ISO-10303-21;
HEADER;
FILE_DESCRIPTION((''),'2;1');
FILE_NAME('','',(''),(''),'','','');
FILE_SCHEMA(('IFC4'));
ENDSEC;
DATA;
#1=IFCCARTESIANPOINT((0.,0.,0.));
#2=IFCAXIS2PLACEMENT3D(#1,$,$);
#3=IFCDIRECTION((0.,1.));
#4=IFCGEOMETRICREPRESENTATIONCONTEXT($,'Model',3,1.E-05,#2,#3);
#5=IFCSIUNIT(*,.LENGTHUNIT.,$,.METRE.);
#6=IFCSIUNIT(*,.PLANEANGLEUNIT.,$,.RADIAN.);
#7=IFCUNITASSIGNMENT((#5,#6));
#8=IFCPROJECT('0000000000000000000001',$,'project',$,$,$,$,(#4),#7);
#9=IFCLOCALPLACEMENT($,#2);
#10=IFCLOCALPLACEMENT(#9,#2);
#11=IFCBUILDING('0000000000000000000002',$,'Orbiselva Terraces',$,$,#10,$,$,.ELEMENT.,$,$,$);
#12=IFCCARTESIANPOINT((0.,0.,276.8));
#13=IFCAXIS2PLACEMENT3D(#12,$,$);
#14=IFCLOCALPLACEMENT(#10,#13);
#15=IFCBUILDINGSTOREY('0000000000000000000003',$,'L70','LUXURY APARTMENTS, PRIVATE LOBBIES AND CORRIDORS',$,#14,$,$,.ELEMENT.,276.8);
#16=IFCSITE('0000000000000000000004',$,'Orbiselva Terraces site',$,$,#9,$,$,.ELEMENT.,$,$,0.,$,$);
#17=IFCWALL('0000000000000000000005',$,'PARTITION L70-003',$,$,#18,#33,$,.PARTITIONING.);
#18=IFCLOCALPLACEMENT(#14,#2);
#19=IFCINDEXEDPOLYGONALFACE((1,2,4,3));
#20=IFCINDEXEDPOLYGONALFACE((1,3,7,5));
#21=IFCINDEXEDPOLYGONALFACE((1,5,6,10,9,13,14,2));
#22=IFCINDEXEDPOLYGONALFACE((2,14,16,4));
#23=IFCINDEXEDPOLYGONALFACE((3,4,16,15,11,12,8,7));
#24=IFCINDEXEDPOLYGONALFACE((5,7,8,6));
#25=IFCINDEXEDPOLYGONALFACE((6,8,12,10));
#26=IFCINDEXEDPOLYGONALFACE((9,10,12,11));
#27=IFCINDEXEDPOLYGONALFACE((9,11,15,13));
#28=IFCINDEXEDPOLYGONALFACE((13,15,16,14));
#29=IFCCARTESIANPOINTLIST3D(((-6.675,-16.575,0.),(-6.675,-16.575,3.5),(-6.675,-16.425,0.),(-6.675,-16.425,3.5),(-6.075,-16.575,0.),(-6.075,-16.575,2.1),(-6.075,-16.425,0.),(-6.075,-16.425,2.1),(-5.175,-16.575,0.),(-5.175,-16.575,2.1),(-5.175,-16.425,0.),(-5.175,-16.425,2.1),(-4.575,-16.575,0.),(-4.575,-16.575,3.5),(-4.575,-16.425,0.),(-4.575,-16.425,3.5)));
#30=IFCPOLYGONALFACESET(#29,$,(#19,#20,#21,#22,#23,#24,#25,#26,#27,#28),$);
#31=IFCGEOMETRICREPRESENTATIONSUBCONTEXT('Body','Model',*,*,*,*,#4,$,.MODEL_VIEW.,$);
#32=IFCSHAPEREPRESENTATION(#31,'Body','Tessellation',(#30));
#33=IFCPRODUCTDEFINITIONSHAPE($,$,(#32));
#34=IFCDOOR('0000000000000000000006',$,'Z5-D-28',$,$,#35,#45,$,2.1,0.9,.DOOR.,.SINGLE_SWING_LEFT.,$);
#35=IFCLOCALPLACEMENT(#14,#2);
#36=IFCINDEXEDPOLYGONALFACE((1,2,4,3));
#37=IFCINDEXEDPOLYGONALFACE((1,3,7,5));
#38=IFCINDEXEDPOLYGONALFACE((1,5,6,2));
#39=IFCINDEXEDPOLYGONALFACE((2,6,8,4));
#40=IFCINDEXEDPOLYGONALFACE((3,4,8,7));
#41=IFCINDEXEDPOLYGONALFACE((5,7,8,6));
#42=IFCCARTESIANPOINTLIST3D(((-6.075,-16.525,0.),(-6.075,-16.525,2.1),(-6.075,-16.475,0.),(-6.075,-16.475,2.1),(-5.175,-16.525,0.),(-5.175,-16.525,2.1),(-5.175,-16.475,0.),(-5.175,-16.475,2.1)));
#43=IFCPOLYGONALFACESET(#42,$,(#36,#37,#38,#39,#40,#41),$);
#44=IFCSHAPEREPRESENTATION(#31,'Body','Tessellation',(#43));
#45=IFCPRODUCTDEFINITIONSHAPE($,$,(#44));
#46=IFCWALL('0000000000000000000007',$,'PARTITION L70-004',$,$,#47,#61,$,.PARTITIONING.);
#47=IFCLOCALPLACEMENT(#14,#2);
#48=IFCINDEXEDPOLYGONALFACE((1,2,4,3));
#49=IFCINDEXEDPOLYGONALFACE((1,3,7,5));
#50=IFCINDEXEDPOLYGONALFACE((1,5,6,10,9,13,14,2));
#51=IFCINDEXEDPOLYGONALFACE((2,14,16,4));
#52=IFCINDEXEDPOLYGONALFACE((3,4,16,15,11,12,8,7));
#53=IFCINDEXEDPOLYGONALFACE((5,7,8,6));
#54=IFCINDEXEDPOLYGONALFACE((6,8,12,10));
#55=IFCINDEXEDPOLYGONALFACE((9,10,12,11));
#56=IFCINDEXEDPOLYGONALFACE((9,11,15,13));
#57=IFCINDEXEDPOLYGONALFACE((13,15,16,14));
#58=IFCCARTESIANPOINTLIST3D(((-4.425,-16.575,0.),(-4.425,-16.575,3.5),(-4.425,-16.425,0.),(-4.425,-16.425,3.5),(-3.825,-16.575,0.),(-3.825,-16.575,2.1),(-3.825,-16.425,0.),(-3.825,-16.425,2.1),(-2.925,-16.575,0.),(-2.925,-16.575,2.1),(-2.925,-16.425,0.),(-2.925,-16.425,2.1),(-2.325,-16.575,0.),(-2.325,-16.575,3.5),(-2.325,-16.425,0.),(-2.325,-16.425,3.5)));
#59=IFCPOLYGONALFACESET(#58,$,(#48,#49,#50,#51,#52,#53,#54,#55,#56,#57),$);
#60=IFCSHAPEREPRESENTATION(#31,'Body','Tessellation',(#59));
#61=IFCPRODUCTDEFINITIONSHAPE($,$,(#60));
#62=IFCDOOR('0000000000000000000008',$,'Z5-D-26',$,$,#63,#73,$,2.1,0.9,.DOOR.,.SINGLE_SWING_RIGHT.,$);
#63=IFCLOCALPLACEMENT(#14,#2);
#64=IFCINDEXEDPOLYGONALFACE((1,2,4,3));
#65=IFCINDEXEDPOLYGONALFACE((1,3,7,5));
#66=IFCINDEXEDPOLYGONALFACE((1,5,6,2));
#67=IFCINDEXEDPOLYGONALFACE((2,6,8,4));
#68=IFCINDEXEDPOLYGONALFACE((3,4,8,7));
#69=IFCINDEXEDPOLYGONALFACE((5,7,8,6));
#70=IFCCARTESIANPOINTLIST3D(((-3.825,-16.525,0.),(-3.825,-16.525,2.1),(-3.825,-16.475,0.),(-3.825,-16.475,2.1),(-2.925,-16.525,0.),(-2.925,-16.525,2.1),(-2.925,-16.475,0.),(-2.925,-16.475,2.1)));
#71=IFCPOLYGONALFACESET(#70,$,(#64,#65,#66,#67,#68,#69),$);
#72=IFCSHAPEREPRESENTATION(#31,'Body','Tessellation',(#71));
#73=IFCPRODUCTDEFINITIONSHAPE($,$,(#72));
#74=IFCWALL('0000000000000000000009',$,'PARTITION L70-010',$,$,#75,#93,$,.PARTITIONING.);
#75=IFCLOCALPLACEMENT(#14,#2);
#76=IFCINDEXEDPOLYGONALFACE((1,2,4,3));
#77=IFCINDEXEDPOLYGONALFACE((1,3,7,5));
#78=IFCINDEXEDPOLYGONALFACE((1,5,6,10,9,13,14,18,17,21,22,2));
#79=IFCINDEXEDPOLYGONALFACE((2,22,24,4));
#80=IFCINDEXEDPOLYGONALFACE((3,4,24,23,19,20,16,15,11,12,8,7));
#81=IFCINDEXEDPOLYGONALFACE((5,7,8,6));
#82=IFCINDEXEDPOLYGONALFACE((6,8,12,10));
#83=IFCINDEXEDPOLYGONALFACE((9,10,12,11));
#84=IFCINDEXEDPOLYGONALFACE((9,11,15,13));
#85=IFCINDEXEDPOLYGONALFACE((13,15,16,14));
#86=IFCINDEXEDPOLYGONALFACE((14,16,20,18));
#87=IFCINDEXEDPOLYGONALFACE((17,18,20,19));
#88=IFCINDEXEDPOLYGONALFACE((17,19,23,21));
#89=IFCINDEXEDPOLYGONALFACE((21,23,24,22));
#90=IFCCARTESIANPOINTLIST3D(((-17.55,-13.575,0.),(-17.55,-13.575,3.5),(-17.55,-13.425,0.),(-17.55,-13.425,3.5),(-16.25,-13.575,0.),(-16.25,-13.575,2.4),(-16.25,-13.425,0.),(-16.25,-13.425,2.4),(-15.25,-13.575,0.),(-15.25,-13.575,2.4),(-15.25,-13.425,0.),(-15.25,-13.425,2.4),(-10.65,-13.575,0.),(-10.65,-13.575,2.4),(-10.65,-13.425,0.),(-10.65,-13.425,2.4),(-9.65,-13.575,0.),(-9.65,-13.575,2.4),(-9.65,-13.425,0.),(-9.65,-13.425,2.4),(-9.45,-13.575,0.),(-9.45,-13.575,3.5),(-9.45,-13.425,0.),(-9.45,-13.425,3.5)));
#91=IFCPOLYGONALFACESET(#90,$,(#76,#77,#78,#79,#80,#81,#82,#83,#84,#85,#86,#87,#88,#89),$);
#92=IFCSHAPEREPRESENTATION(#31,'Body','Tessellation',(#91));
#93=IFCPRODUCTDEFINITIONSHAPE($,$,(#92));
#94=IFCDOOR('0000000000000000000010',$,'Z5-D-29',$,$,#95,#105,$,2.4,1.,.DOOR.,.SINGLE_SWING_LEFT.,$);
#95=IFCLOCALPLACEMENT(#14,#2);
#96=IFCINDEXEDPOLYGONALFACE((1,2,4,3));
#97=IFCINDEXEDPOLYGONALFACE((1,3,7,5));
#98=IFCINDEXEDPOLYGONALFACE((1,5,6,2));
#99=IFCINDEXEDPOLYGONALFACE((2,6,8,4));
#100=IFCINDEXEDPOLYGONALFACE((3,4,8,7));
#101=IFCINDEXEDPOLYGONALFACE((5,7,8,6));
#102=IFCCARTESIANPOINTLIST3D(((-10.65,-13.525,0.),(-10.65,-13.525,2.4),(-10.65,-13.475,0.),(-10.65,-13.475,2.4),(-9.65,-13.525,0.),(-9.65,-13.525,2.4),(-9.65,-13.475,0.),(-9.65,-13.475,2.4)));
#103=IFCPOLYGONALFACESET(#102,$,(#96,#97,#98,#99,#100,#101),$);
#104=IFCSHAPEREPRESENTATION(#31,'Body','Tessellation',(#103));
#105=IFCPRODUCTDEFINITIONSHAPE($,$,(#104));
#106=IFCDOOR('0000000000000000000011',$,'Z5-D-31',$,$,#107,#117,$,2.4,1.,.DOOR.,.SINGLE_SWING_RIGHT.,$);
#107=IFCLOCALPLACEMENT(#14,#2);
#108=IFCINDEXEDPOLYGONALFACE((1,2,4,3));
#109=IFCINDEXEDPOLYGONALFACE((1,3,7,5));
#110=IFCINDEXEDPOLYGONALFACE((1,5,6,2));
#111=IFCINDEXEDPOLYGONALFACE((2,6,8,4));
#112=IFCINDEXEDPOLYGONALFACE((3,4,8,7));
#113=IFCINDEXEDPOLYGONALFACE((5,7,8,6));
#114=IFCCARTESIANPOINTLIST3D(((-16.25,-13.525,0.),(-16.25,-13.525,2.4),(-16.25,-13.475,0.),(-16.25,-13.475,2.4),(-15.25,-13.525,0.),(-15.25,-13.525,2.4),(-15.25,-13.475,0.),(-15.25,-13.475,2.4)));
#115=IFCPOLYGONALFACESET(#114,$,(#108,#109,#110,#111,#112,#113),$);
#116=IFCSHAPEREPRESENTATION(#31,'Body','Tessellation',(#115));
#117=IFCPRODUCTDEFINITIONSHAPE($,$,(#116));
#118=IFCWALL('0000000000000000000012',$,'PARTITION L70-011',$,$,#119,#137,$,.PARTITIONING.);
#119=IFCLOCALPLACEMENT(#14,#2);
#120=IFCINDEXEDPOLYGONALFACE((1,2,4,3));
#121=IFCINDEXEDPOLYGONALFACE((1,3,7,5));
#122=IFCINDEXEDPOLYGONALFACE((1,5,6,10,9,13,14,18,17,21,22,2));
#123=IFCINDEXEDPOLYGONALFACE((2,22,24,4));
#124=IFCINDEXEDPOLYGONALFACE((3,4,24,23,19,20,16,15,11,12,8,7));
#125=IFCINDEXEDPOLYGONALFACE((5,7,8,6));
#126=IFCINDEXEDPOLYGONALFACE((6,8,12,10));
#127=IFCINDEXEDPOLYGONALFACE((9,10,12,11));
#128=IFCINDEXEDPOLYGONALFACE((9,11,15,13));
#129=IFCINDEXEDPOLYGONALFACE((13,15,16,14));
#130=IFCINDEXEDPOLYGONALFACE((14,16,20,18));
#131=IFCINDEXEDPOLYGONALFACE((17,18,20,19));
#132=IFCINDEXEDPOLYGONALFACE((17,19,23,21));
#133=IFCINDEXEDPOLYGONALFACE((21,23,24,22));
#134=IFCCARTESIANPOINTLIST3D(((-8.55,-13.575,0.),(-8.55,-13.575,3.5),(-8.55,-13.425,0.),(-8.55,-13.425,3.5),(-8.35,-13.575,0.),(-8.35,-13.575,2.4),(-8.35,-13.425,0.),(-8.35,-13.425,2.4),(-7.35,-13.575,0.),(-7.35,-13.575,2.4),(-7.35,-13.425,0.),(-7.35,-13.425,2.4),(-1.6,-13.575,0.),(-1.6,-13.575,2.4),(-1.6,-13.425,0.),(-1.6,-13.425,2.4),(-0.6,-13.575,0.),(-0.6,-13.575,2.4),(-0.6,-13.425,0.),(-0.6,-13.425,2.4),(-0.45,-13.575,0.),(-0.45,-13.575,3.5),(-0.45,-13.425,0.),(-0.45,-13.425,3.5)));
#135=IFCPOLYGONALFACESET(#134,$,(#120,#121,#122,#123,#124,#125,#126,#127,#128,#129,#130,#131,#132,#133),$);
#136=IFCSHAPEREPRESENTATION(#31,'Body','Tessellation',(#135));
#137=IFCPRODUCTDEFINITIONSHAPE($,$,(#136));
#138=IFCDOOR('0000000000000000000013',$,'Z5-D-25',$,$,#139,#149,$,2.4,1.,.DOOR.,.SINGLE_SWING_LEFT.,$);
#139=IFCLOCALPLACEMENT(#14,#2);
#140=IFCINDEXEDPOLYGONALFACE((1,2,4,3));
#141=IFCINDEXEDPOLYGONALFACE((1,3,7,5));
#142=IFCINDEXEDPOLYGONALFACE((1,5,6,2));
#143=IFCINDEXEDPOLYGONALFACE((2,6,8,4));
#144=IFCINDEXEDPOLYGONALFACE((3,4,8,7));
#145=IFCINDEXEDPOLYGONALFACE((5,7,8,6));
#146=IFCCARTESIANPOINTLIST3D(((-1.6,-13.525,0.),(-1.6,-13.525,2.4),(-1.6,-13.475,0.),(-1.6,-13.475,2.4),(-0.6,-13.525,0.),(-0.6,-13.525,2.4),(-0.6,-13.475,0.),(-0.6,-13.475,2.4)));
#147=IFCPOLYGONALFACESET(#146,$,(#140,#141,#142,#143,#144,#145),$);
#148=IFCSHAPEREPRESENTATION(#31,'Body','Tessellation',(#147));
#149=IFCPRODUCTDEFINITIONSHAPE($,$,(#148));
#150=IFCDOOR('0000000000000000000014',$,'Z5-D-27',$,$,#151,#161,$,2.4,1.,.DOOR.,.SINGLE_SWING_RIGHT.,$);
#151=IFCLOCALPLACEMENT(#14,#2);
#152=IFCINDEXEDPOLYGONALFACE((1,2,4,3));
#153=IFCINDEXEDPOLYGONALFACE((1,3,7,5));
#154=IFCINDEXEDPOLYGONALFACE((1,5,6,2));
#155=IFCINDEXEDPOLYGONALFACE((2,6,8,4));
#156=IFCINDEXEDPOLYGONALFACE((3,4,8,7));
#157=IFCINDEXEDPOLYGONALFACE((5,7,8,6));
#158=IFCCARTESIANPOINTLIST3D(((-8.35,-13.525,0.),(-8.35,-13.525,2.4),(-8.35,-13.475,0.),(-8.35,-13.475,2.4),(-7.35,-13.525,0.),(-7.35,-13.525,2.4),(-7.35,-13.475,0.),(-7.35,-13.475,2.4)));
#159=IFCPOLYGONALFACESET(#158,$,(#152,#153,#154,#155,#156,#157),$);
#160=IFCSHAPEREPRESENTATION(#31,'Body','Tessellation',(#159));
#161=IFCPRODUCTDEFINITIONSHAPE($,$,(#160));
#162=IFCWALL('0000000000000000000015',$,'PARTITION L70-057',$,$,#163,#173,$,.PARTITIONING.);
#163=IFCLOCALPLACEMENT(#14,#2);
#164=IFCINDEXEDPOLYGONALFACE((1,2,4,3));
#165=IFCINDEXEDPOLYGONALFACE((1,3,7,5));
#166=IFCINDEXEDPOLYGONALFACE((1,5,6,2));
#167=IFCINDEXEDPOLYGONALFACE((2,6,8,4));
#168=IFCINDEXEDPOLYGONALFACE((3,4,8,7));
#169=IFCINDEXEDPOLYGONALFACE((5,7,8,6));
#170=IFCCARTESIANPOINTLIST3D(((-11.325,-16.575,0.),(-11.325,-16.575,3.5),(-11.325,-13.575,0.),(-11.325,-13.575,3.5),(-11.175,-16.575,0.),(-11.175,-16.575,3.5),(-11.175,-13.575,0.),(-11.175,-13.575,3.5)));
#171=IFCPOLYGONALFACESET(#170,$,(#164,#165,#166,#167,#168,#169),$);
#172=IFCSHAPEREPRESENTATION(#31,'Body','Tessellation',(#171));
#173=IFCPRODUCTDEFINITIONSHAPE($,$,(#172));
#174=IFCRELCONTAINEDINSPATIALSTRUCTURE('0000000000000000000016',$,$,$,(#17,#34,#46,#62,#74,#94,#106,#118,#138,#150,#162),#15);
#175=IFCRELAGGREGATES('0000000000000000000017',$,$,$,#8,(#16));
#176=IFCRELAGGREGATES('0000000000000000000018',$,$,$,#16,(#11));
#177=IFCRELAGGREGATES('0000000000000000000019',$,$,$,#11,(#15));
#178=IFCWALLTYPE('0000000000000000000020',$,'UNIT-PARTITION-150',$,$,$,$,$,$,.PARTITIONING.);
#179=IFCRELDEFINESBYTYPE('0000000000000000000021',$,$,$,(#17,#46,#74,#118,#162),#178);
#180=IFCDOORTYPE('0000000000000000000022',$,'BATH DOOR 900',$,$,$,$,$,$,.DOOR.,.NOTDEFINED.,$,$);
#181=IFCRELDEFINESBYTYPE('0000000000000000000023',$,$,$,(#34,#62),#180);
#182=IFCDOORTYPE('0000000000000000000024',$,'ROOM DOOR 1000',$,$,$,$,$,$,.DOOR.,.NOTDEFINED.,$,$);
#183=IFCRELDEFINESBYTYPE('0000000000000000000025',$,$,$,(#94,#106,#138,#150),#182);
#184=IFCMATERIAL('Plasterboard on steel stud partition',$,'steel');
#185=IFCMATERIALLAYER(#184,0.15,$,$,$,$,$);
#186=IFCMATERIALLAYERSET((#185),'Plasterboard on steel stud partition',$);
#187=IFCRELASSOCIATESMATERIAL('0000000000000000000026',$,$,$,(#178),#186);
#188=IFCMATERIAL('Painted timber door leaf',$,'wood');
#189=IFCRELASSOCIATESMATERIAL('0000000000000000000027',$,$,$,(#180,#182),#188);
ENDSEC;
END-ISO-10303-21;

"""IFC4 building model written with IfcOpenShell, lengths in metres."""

from ifc_helpers import new_model, si_unit, direction, frame, frame_2d, origin, place, context, subcontext, project, spatial, rectangle, extrude, material, layer, layer_set, type_object, element, fill, save


model = new_model("IFC4")

# Units and contexts
model_context = context("Model", 3, precision=1e-05, world=origin(), true_north=direction((0.0, 1.0)))
body_context = subcontext(model_context, "Body", "Model", "MODEL_VIEW")
ifc_project = project(units=[si_unit("LENGTHUNIT", "METRE"), si_unit("PLANEANGLEUNIT", "RADIAN")], contexts=[model_context])

# Site, building, storey
site_placement = place(None, origin())
site = spatial("IfcSite", under=ifc_project, at=site_placement, Name="Orbiselva Terraces site", CompositionType="ELEMENT", RefElevation=0.0)
building_placement = place(site_placement, origin())
building = spatial("IfcBuilding", under=site, at=building_placement, Name="Orbiselva Terraces", CompositionType="ELEMENT")
storey_placement = place(building_placement, frame((0.0, 0.0, 276.8)))
storey = spatial("IfcBuildingStorey", under=building, at=storey_placement, Name="L70", Description="LUXURY APARTMENTS, PRIVATE LOBBIES AND CORRIDORS", CompositionType="ELEMENT", Elevation=276.8)

# Walls, openings, doors
ifc_material_1 = material(Name="Plasterboard on steel stud partition", Category="steel")
ifc_layer_1 = layer(ifc_material_1, 0.15)
ifc_layer_set_1 = layer_set([ifc_layer_1], Name="Plasterboard on steel stud partition")
wall_type_1 = type_object("IfcWallType", Name="UNIT-PARTITION-150", PredefinedType="PARTITIONING", material=ifc_layer_set_1)
wall_1_placement = place(storey_placement, frame((-6.675, -16.5, 0.0), z_axis=(0.0, 0.0, 1.0), x_axis=(1.0, 0.0, 0.0)))
wall_1 = element("IfcWall", 1, at=wall_1_placement, inside=storey, type_object=wall_type_1, Name="PARTITION L70-003", PredefinedType="PARTITIONING", context=body_context, shape_type="SweptSolid", body=[
    extrude(rectangle(XDim=2.1, YDim=0.15, at=frame_2d((1.05, 0.0))), origin(), (0.0, 0.0, 1.0), 3.5),
])
opening_1_placement = place(wall_1_placement, frame((0.6, 0.0, 0.0)))
opening_1 = element("IfcOpeningElement", 2, at=opening_1_placement, cuts=wall_1, PredefinedType="OPENING", context=body_context, shape_type="SweptSolid", body=[
    extrude(rectangle(XDim=0.9, YDim=2.1, at=frame_2d((0.45, 1.05))), frame((0.0, 0.085, 0.0), z_axis=(0.0, -1.0, 0.0), x_axis=(1.0, 0.0, 0.0)), (0.0, 0.0, 1.0), 0.17),
])
ifc_material_2 = material(Name="Painted timber door leaf", Category="wood")
door_type_1 = type_object("IfcDoorType", Name="BATH DOOR 900", OperationType="NOTDEFINED", PredefinedType="DOOR", material=ifc_material_2)
door_1_placement = place(opening_1_placement, origin())
door_1 = element("IfcDoor", 3, at=door_1_placement, inside=storey, type_object=door_type_1, Name="Z5-D-28", OperationType="SINGLE_SWING_LEFT", OverallHeight=2.1, OverallWidth=0.9, PredefinedType="DOOR", context=body_context, shape_type="SweptSolid", body=[
    extrude(rectangle(XDim=0.9, YDim=2.1, at=frame_2d((0.45, 1.05))), frame((0.0, 0.025, 0.0), z_axis=(0.0, -1.0, 0.0), x_axis=(1.0, 0.0, 0.0)), (0.0, 0.0, 1.0), 0.05),
])
fill(opening_1, door_1)
wall_2_placement = place(storey_placement, frame((-4.425, -16.5, 0.0), z_axis=(0.0, 0.0, 1.0), x_axis=(1.0, 0.0, 0.0)))
wall_2 = element("IfcWall", 4, at=wall_2_placement, inside=storey, type_object=wall_type_1, Name="PARTITION L70-004", PredefinedType="PARTITIONING", context=body_context, shape_type="SweptSolid", body=[
    extrude(rectangle(XDim=2.1, YDim=0.15, at=frame_2d((1.05, 0.0))), origin(), (0.0, 0.0, 1.0), 3.5),
])
opening_2_placement = place(wall_2_placement, frame((0.6, 0.0, 0.0)))
opening_2 = element("IfcOpeningElement", 5, at=opening_2_placement, cuts=wall_2, PredefinedType="OPENING", context=body_context, shape_type="SweptSolid", body=[
    extrude(rectangle(XDim=0.9, YDim=2.1, at=frame_2d((0.45, 1.05))), frame((0.0, 0.085, 0.0), z_axis=(0.0, -1.0, 0.0), x_axis=(1.0, 0.0, 0.0)), (0.0, 0.0, 1.0), 0.17),
])
door_2_placement = place(opening_2_placement, origin())
door_2 = element("IfcDoor", 6, at=door_2_placement, inside=storey, type_object=door_type_1, Name="Z5-D-26", OperationType="SINGLE_SWING_RIGHT", OverallHeight=2.1, OverallWidth=0.9, PredefinedType="DOOR", context=body_context, shape_type="SweptSolid", body=[
    extrude(rectangle(XDim=0.9, YDim=2.1, at=frame_2d((0.45, 1.05))), frame((0.0, 0.025, 0.0), z_axis=(0.0, -1.0, 0.0), x_axis=(1.0, 0.0, 0.0)), (0.0, 0.0, 1.0), 0.05),
])
fill(opening_2, door_2)

# Walls, openings, doors
wall_3_placement = place(storey_placement, frame((-9.45, -13.5, 0.0), z_axis=(0.0, 0.0, 1.0), x_axis=(-1.0, 0.0, 0.0)))
wall_3 = element("IfcWall", 7, at=wall_3_placement, inside=storey, type_object=wall_type_1, Name="PARTITION L70-010", PredefinedType="PARTITIONING", context=body_context, shape_type="SweptSolid", body=[
    extrude(rectangle(XDim=8.1, YDim=0.15, at=frame_2d((4.05, 0.0))), origin(), (0.0, 0.0, 1.0), 3.5),
])
opening_3_placement = place(wall_3_placement, frame((0.2, 0.0, 0.0)))
opening_3 = element("IfcOpeningElement", 8, at=opening_3_placement, cuts=wall_3, PredefinedType="OPENING", context=body_context, shape_type="SweptSolid", body=[
    extrude(rectangle(XDim=1.0, YDim=2.4, at=frame_2d((0.5, 1.2))), frame((0.0, 0.085, 0.0), z_axis=(0.0, -1.0, 0.0), x_axis=(1.0, 0.0, 0.0)), (0.0, 0.0, 1.0), 0.17),
])
opening_4_placement = place(wall_3_placement, frame((5.8, 0.0, 0.0)))
opening_4 = element("IfcOpeningElement", 9, at=opening_4_placement, cuts=wall_3, PredefinedType="OPENING", context=body_context, shape_type="SweptSolid", body=[
    extrude(rectangle(XDim=1.0, YDim=2.4, at=frame_2d((0.5, 1.2))), frame((0.0, 0.085, 0.0), z_axis=(0.0, -1.0, 0.0), x_axis=(1.0, 0.0, 0.0)), (0.0, 0.0, 1.0), 0.17),
])
door_type_2 = type_object("IfcDoorType", Name="ROOM DOOR 1000", OperationType="NOTDEFINED", PredefinedType="DOOR", material=ifc_material_2)
door_3_placement = place(opening_3_placement, origin())
door_3 = element("IfcDoor", 10, at=door_3_placement, inside=storey, type_object=door_type_2, Name="Z5-D-29", OperationType="SINGLE_SWING_LEFT", OverallHeight=2.4, OverallWidth=1.0, PredefinedType="DOOR", context=body_context, shape_type="SweptSolid", body=[
    extrude(rectangle(XDim=1.0, YDim=2.4, at=frame_2d((0.5, 1.2))), frame((0.0, 0.025, 0.0), z_axis=(0.0, -1.0, 0.0), x_axis=(1.0, 0.0, 0.0)), (0.0, 0.0, 1.0), 0.05),
])
fill(opening_3, door_3)
door_4_placement = place(opening_4_placement, origin())
door_4 = element("IfcDoor", 11, at=door_4_placement, inside=storey, type_object=door_type_2, Name="Z5-D-31", OperationType="SINGLE_SWING_RIGHT", OverallHeight=2.4, OverallWidth=1.0, PredefinedType="DOOR", context=body_context, shape_type="SweptSolid", body=[
    extrude(rectangle(XDim=1.0, YDim=2.4, at=frame_2d((0.5, 1.2))), frame((0.0, 0.025, 0.0), z_axis=(0.0, -1.0, 0.0), x_axis=(1.0, 0.0, 0.0)), (0.0, 0.0, 1.0), 0.05),
])
fill(opening_4, door_4)
wall_4_placement = place(storey_placement, frame((-0.45, -13.5, 0.0), z_axis=(0.0, 0.0, 1.0), x_axis=(-1.0, 0.0, 0.0)))
wall_4 = element("IfcWall", 12, at=wall_4_placement, inside=storey, type_object=wall_type_1, Name="PARTITION L70-011", PredefinedType="PARTITIONING", context=body_context, shape_type="SweptSolid", body=[
    extrude(rectangle(XDim=8.1, YDim=0.15, at=frame_2d((4.05, 0.0))), origin(), (0.0, 0.0, 1.0), 3.5),
])
opening_5_placement = place(wall_4_placement, frame((0.15, 0.0, 0.0)))
opening_5 = element("IfcOpeningElement", 13, at=opening_5_placement, cuts=wall_4, PredefinedType="OPENING", context=body_context, shape_type="SweptSolid", body=[
    extrude(rectangle(XDim=1.0, YDim=2.4, at=frame_2d((0.5, 1.2))), frame((0.0, 0.085, 0.0), z_axis=(0.0, -1.0, 0.0), x_axis=(1.0, 0.0, 0.0)), (0.0, 0.0, 1.0), 0.17),
])
opening_6_placement = place(wall_4_placement, frame((6.9, 0.0, 0.0)))
opening_6 = element("IfcOpeningElement", 14, at=opening_6_placement, cuts=wall_4, PredefinedType="OPENING", context=body_context, shape_type="SweptSolid", body=[
    extrude(rectangle(XDim=1.0, YDim=2.4, at=frame_2d((0.5, 1.2))), frame((0.0, 0.085, 0.0), z_axis=(0.0, -1.0, 0.0), x_axis=(1.0, 0.0, 0.0)), (0.0, 0.0, 1.0), 0.17),
])
door_5_placement = place(opening_5_placement, origin())
door_5 = element("IfcDoor", 15, at=door_5_placement, inside=storey, type_object=door_type_2, Name="Z5-D-25", OperationType="SINGLE_SWING_LEFT", OverallHeight=2.4, OverallWidth=1.0, PredefinedType="DOOR", context=body_context, shape_type="SweptSolid", body=[
    extrude(rectangle(XDim=1.0, YDim=2.4, at=frame_2d((0.5, 1.2))), frame((0.0, 0.025, 0.0), z_axis=(0.0, -1.0, 0.0), x_axis=(1.0, 0.0, 0.0)), (0.0, 0.0, 1.0), 0.05),
])
fill(opening_5, door_5)
door_6_placement = place(opening_6_placement, origin())
door_6 = element("IfcDoor", 16, at=door_6_placement, inside=storey, type_object=door_type_2, Name="Z5-D-27", OperationType="SINGLE_SWING_RIGHT", OverallHeight=2.4, OverallWidth=1.0, PredefinedType="DOOR", context=body_context, shape_type="SweptSolid", body=[
    extrude(rectangle(XDim=1.0, YDim=2.4, at=frame_2d((0.5, 1.2))), frame((0.0, 0.025, 0.0), z_axis=(0.0, -1.0, 0.0), x_axis=(1.0, 0.0, 0.0)), (0.0, 0.0, 1.0), 0.05),
])
fill(opening_6, door_6)

# Wall
wall_5_placement = place(storey_placement, frame((-11.25, -16.575, 0.0), z_axis=(0.0, 0.0, 1.0), x_axis=(0.0, 1.0, 0.0)))
element("IfcWall", 17, at=wall_5_placement, inside=storey, type_object=wall_type_1, Name="PARTITION L70-057", PredefinedType="PARTITIONING", context=body_context, shape_type="SweptSolid", body=[
    extrude(rectangle(XDim=3.0, YDim=0.15, at=frame_2d((1.5, 0.0))), origin(), (0.0, 0.0, 1.0), 3.5),
])

save(model, "model.ifc")
